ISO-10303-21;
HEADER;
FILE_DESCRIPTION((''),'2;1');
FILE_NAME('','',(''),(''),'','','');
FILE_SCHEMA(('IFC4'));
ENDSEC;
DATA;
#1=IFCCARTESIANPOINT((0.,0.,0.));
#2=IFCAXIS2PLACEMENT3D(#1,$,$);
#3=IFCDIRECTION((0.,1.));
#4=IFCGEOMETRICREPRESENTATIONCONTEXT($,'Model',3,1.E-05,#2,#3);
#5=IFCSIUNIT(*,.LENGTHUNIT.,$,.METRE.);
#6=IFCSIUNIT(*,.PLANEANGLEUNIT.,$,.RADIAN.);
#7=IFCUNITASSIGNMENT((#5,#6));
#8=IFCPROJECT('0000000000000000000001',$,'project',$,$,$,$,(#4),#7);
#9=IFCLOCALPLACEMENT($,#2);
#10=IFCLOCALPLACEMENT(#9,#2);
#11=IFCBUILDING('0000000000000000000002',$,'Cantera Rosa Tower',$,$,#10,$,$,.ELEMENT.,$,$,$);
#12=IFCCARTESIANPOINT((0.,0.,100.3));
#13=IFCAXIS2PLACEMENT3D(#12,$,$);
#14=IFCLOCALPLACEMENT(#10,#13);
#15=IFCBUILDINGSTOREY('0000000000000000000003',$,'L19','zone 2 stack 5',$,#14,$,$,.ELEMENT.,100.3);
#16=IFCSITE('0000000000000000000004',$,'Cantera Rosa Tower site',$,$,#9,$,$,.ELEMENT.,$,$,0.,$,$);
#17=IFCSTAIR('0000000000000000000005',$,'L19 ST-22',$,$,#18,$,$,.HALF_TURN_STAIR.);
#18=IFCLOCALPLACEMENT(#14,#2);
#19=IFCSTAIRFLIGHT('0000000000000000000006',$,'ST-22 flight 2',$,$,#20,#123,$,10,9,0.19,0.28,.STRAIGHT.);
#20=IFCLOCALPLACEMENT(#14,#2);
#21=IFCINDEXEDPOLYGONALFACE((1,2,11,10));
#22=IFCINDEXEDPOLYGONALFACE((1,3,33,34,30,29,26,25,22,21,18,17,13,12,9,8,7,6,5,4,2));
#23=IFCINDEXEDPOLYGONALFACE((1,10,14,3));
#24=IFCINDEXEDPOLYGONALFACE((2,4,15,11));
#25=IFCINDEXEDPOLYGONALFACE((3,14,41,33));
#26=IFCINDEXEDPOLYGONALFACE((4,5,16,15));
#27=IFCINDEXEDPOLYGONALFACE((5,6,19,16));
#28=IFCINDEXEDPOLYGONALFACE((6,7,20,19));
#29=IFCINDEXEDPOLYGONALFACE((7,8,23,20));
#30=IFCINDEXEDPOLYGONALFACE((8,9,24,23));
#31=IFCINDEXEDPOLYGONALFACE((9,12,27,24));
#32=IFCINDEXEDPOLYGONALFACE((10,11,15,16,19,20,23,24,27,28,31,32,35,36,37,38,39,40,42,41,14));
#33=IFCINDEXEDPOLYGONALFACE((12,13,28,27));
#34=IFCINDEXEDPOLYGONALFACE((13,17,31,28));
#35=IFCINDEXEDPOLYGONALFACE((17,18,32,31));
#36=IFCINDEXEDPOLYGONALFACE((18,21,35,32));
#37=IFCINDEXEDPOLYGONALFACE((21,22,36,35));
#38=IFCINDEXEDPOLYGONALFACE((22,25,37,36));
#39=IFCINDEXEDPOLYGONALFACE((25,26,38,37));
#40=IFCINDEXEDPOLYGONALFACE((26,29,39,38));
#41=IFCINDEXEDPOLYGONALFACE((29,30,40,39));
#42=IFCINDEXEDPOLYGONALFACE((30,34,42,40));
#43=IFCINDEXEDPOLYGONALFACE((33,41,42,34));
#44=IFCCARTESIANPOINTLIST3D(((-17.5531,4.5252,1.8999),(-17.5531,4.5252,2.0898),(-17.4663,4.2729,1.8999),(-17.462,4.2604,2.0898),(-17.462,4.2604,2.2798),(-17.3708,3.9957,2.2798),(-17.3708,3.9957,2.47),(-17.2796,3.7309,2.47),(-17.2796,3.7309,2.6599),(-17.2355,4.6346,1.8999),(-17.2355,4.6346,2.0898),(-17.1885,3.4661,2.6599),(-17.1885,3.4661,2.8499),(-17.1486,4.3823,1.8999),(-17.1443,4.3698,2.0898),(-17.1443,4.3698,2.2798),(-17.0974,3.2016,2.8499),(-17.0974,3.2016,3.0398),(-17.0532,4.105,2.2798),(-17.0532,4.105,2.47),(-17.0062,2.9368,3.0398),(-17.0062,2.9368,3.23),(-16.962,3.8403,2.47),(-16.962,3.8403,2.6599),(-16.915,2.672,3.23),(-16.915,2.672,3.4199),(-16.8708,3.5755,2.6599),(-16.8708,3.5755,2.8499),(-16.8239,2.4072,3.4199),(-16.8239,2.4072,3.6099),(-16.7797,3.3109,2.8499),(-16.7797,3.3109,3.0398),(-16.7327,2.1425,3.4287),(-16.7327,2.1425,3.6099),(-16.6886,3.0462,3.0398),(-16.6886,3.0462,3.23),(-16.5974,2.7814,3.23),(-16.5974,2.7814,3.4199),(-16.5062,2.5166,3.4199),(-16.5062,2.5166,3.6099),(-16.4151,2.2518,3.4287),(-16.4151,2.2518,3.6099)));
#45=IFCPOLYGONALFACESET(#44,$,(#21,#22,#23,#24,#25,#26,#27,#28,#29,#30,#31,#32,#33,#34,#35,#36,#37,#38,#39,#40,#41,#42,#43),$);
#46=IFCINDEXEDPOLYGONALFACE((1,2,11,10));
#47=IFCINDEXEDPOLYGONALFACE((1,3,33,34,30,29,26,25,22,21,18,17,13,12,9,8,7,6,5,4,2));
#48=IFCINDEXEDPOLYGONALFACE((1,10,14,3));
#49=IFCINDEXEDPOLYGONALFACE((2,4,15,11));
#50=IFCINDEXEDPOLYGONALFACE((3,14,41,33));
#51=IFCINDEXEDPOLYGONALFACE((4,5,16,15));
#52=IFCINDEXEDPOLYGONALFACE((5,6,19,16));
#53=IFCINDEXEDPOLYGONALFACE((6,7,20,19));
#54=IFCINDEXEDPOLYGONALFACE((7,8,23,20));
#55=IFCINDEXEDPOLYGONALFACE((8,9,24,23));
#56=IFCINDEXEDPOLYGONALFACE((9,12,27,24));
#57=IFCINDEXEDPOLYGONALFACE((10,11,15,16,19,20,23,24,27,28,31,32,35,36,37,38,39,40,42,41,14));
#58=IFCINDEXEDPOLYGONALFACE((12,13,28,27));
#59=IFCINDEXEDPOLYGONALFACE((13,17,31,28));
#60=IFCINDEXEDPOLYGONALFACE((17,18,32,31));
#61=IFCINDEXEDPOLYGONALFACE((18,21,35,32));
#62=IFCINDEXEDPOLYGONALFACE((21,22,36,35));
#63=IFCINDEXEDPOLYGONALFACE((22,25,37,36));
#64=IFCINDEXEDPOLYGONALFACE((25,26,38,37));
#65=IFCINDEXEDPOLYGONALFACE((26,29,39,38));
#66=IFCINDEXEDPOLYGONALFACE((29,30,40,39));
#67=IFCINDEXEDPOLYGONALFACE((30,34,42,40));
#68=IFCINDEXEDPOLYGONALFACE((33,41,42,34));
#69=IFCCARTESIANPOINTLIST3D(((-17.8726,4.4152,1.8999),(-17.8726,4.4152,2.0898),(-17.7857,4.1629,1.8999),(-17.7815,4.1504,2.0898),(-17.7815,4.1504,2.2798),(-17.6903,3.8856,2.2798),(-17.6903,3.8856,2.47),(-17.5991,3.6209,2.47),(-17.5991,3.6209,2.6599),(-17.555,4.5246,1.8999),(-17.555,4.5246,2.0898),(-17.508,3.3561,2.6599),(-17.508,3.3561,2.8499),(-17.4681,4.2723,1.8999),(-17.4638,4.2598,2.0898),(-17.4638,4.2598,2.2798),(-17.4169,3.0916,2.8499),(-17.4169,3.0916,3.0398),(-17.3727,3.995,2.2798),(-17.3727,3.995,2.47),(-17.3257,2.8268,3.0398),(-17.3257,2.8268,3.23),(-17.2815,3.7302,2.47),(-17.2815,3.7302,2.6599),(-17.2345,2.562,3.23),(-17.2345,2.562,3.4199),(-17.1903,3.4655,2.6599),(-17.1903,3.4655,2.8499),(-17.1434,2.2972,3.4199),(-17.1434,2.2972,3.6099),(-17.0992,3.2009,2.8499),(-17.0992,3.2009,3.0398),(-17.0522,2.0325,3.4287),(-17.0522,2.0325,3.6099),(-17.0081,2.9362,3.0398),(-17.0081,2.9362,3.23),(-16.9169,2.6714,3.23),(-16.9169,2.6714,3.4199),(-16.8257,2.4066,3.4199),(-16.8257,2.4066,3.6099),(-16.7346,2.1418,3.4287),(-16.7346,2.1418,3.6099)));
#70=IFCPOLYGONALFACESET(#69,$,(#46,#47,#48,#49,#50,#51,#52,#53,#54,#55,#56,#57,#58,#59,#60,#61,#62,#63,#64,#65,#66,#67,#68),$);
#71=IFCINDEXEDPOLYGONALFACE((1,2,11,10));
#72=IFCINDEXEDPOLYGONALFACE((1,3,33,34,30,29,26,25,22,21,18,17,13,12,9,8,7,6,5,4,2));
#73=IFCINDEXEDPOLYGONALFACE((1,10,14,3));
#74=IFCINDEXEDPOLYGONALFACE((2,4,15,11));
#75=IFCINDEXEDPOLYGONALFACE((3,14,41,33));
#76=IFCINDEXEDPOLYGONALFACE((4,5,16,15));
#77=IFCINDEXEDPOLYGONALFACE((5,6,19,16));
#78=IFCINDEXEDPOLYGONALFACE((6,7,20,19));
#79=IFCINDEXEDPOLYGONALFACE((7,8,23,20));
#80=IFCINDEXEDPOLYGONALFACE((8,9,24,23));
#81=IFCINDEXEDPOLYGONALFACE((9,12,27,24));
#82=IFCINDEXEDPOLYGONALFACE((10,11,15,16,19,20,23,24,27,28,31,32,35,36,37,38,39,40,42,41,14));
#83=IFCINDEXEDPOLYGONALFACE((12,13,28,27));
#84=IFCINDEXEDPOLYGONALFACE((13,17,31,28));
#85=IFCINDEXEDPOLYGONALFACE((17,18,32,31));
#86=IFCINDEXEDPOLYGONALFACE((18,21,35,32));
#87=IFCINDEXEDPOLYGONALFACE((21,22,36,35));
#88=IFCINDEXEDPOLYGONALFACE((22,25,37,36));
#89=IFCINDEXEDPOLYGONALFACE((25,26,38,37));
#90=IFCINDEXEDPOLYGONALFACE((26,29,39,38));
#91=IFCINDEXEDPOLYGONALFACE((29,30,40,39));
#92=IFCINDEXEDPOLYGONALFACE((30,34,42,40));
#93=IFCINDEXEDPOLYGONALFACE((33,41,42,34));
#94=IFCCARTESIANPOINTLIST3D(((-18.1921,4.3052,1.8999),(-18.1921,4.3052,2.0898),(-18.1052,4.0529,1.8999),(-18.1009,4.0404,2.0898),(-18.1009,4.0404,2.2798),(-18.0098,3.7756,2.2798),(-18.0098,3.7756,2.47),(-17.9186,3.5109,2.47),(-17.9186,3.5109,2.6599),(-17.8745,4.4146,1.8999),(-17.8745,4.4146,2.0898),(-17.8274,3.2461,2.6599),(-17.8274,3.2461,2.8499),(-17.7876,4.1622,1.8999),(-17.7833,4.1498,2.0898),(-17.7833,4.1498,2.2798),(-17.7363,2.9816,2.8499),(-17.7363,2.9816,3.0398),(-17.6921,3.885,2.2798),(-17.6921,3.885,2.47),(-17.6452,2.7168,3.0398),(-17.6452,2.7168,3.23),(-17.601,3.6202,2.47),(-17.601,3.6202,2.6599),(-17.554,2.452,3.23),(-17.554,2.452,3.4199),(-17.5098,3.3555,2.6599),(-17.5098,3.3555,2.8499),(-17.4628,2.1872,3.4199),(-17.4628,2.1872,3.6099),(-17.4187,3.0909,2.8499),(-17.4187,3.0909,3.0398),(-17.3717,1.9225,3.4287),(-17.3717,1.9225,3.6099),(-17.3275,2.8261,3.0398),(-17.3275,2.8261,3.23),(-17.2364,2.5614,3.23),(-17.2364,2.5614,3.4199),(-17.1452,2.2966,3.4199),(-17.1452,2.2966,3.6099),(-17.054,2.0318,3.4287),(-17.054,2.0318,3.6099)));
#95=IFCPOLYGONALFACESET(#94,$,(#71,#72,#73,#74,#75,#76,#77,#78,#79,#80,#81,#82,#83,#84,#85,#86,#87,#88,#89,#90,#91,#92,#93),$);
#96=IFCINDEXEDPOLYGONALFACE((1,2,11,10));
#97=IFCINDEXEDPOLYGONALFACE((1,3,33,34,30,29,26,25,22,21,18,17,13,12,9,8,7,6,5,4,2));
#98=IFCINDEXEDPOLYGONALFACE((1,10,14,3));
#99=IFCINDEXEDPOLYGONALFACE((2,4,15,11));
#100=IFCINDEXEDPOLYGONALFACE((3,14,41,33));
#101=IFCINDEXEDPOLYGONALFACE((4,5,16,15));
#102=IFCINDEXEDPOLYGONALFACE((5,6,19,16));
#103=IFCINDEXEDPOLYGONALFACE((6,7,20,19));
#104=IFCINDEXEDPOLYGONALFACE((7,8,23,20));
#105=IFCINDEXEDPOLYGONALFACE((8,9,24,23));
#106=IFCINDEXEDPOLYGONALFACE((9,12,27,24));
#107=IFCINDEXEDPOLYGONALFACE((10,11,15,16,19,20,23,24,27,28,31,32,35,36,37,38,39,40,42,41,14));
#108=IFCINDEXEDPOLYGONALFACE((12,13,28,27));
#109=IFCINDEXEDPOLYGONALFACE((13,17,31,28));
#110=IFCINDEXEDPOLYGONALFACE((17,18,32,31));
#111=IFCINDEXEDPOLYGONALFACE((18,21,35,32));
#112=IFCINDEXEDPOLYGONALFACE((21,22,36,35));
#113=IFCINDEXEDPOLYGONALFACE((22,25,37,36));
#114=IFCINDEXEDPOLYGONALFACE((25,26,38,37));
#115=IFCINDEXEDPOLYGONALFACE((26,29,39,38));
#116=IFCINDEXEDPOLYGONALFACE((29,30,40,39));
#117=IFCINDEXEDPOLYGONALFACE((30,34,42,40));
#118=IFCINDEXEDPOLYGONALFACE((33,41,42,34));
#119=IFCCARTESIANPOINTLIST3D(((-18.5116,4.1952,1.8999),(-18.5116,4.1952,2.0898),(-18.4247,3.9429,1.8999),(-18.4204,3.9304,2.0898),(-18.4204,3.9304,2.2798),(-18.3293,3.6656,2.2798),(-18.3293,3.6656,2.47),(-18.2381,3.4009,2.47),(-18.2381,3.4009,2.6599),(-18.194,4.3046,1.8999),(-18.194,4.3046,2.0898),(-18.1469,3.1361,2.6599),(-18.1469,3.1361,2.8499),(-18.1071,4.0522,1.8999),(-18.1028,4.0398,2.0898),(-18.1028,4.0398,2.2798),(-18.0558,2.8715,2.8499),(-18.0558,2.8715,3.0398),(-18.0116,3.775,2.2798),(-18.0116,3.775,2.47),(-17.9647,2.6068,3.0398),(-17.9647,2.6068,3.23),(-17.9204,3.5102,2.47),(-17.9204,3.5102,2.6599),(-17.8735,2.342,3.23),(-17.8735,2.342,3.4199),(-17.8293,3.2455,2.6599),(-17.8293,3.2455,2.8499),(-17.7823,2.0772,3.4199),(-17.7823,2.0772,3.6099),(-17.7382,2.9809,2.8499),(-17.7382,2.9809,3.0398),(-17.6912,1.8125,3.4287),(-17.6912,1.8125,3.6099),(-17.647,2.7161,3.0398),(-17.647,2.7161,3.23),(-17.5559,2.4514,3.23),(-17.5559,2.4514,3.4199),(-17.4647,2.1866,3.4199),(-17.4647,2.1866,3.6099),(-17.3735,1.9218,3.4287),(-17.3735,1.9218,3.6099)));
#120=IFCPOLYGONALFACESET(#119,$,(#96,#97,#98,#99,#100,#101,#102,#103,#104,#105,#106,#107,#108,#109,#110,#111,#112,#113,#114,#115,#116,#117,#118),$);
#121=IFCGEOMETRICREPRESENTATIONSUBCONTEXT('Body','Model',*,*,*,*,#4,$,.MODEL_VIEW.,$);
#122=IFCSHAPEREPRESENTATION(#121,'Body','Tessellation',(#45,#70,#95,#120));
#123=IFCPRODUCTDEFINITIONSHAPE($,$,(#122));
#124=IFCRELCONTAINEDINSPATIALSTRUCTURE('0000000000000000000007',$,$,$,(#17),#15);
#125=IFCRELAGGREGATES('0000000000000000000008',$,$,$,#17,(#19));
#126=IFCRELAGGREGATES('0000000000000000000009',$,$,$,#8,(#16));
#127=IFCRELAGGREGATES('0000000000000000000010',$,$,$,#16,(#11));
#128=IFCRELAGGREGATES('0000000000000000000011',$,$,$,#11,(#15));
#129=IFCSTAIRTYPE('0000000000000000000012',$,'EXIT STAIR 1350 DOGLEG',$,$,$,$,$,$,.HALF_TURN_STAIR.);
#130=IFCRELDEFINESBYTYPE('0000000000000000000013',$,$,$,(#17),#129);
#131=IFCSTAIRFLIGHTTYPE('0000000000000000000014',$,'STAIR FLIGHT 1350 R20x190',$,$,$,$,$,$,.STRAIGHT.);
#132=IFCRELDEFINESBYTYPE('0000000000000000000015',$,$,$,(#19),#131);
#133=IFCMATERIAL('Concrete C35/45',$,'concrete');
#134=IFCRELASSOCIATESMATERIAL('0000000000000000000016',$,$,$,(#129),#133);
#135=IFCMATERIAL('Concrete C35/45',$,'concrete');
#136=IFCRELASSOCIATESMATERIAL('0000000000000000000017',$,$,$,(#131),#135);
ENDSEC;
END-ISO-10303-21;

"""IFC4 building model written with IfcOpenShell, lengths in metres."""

from ifc_helpers import new_model, si_unit, direction, frame, origin, place, context, subcontext, project, spatial, polyline, outline, extrude, material, type_object, element, aggregate, save


model = new_model("IFC4")

# Units and contexts
model_context = context("Model", 3, precision=1e-05, world=origin(), true_north=direction((0.0, 1.0)))
body_context = subcontext(model_context, "Body", "Model", "MODEL_VIEW")
ifc_project = project(units=[si_unit("LENGTHUNIT", "METRE"), si_unit("PLANEANGLEUNIT", "RADIAN")], contexts=[model_context])

# Site, building, storey
site_placement = place(None, origin())
site = spatial("IfcSite", under=ifc_project, at=site_placement, Name="Cantera Rosa Tower site", CompositionType="ELEMENT", RefElevation=0.0)
building_placement = place(site_placement, origin())
building = spatial("IfcBuilding", under=site, at=building_placement, Name="Cantera Rosa Tower", CompositionType="ELEMENT")
storey_placement = place(building_placement, frame((0.0, 0.0, 100.3)))
storey = spatial("IfcBuildingStorey", under=building, at=storey_placement, Name="L19", Description="zone 2 stack 5", CompositionType="ELEMENT", Elevation=100.3)

# Stair, stair flight
ifc_material_1 = material(Name="Concrete C35/45", Category="concrete")
stair_type = type_object("IfcStairType", Name="EXIT STAIR 1350 DOGLEG", PredefinedType="HALF_TURN_STAIR", material=ifc_material_1)
stair_placement = place(storey_placement, origin())
stair = element("IfcStair", 1, at=stair_placement, inside=storey, type_object=stair_type, Name="L19 ST-22", PredefinedType="HALF_TURN_STAIR")
ifc_material_2 = material(Name="Concrete C35/45", Category="concrete")
stair_flight_type = type_object("IfcStairFlightType", Name="STAIR FLIGHT 1350 R20x190", PredefinedType="STRAIGHT", material=ifc_material_2)
stair_flight_1_placement = place(storey_placement, frame((-17.8738, 4.4148, 1.8999), z_axis=(0.0, 0.0, 1.0), x_axis=(0.325568, -0.945519, 0.0)))
stair_flight_1 = element("IfcStairFlight", 2, at=stair_flight_1_placement, type_object=stair_flight_type, Name="ST-22 flight 2", NumberOfRisers=10, NumberOfTreads=9, PredefinedType="STRAIGHT", RiserHeight=0.19, TreadLength=0.28, context=body_context, shape_type="SweptSolid", body=[
    extrude(outline(polyline([(0.0, 0.0), (0.0, 0.1899), (0.28, 0.1899), (0.28, 0.3799), (0.5601, 0.3799), (0.5601, 0.5701), (0.8401, 0.5701), (0.8401, 0.76), (1.1201, 0.76), (1.1201, 0.95), (1.3999, 0.95), (1.3999, 1.1399), (1.6799, 1.1399), (1.6799, 1.3301), (1.96, 1.3301), (1.96, 1.52), (2.24, 1.52), (2.24, 1.71), (2.52, 1.71), (2.52, 1.8999), (2.52, 1.5288), (0.2668, 0.0), (0.0, 0.0)])), frame((0.0, 0.675, 0.0), z_axis=(0.0, -1.0, 0.0), x_axis=(1.0, 0.0, 0.0)), (0.0, 0.0, 1.0), 0.3359),
    extrude(outline(polyline([(0.0, 0.0), (0.0, 0.1899), (0.28, 0.1899), (0.28, 0.3799), (0.5601, 0.3799), (0.5601, 0.5701), (0.8401, 0.5701), (0.8401, 0.76), (1.1201, 0.76), (1.1201, 0.95), (1.3999, 0.95), (1.3999, 1.1399), (1.6799, 1.1399), (1.6799, 1.3301), (1.96, 1.3301), (1.96, 1.52), (2.24, 1.52), (2.24, 1.71), (2.52, 1.71), (2.52, 1.8999), (2.52, 1.5288), (0.2668, 0.0), (0.0, 0.0)])), frame((0.0, 0.3372, 0.0), z_axis=(0.0, -1.0, 0.0), x_axis=(1.0, 0.0, 0.0)), (0.0, 0.0, 1.0), 0.3359),
    extrude(outline(polyline([(0.0, 0.0), (0.0, 0.1899), (0.28, 0.1899), (0.28, 0.3799), (0.5601, 0.3799), (0.5601, 0.5701), (0.8401, 0.5701), (0.8401, 0.76), (1.1201, 0.76), (1.1201, 0.95), (1.3999, 0.95), (1.3999, 1.1399), (1.6799, 1.1399), (1.6799, 1.3301), (1.96, 1.3301), (1.96, 1.52), (2.24, 1.52), (2.24, 1.71), (2.52, 1.71), (2.52, 1.8999), (2.52, 1.5288), (0.2668, 0.0), (0.0, 0.0)])), frame((0.0, -0.0007, 0.0), z_axis=(0.0, -1.0, 0.0), x_axis=(1.0, 0.0, 0.0)), (0.0, 0.0, 1.0), 0.3359),
    extrude(outline(polyline([(0.0, 0.0), (0.0, 0.1899), (0.28, 0.1899), (0.28, 0.3799), (0.5601, 0.3799), (0.5601, 0.5701), (0.8401, 0.5701), (0.8401, 0.76), (1.1201, 0.76), (1.1201, 0.95), (1.3999, 0.95), (1.3999, 1.1399), (1.6799, 1.1399), (1.6799, 1.3301), (1.96, 1.3301), (1.96, 1.52), (2.24, 1.52), (2.24, 1.71), (2.52, 1.71), (2.52, 1.8999), (2.52, 1.5288), (0.2668, 0.0), (0.0, 0.0)])), frame((0.0, -0.3386, 0.0), z_axis=(0.0, -1.0, 0.0), x_axis=(1.0, 0.0, 0.0)), (0.0, 0.0, 1.0), 0.3359),
])
aggregate(stair, [stair_flight_1])

save(model, "model.ifc")
